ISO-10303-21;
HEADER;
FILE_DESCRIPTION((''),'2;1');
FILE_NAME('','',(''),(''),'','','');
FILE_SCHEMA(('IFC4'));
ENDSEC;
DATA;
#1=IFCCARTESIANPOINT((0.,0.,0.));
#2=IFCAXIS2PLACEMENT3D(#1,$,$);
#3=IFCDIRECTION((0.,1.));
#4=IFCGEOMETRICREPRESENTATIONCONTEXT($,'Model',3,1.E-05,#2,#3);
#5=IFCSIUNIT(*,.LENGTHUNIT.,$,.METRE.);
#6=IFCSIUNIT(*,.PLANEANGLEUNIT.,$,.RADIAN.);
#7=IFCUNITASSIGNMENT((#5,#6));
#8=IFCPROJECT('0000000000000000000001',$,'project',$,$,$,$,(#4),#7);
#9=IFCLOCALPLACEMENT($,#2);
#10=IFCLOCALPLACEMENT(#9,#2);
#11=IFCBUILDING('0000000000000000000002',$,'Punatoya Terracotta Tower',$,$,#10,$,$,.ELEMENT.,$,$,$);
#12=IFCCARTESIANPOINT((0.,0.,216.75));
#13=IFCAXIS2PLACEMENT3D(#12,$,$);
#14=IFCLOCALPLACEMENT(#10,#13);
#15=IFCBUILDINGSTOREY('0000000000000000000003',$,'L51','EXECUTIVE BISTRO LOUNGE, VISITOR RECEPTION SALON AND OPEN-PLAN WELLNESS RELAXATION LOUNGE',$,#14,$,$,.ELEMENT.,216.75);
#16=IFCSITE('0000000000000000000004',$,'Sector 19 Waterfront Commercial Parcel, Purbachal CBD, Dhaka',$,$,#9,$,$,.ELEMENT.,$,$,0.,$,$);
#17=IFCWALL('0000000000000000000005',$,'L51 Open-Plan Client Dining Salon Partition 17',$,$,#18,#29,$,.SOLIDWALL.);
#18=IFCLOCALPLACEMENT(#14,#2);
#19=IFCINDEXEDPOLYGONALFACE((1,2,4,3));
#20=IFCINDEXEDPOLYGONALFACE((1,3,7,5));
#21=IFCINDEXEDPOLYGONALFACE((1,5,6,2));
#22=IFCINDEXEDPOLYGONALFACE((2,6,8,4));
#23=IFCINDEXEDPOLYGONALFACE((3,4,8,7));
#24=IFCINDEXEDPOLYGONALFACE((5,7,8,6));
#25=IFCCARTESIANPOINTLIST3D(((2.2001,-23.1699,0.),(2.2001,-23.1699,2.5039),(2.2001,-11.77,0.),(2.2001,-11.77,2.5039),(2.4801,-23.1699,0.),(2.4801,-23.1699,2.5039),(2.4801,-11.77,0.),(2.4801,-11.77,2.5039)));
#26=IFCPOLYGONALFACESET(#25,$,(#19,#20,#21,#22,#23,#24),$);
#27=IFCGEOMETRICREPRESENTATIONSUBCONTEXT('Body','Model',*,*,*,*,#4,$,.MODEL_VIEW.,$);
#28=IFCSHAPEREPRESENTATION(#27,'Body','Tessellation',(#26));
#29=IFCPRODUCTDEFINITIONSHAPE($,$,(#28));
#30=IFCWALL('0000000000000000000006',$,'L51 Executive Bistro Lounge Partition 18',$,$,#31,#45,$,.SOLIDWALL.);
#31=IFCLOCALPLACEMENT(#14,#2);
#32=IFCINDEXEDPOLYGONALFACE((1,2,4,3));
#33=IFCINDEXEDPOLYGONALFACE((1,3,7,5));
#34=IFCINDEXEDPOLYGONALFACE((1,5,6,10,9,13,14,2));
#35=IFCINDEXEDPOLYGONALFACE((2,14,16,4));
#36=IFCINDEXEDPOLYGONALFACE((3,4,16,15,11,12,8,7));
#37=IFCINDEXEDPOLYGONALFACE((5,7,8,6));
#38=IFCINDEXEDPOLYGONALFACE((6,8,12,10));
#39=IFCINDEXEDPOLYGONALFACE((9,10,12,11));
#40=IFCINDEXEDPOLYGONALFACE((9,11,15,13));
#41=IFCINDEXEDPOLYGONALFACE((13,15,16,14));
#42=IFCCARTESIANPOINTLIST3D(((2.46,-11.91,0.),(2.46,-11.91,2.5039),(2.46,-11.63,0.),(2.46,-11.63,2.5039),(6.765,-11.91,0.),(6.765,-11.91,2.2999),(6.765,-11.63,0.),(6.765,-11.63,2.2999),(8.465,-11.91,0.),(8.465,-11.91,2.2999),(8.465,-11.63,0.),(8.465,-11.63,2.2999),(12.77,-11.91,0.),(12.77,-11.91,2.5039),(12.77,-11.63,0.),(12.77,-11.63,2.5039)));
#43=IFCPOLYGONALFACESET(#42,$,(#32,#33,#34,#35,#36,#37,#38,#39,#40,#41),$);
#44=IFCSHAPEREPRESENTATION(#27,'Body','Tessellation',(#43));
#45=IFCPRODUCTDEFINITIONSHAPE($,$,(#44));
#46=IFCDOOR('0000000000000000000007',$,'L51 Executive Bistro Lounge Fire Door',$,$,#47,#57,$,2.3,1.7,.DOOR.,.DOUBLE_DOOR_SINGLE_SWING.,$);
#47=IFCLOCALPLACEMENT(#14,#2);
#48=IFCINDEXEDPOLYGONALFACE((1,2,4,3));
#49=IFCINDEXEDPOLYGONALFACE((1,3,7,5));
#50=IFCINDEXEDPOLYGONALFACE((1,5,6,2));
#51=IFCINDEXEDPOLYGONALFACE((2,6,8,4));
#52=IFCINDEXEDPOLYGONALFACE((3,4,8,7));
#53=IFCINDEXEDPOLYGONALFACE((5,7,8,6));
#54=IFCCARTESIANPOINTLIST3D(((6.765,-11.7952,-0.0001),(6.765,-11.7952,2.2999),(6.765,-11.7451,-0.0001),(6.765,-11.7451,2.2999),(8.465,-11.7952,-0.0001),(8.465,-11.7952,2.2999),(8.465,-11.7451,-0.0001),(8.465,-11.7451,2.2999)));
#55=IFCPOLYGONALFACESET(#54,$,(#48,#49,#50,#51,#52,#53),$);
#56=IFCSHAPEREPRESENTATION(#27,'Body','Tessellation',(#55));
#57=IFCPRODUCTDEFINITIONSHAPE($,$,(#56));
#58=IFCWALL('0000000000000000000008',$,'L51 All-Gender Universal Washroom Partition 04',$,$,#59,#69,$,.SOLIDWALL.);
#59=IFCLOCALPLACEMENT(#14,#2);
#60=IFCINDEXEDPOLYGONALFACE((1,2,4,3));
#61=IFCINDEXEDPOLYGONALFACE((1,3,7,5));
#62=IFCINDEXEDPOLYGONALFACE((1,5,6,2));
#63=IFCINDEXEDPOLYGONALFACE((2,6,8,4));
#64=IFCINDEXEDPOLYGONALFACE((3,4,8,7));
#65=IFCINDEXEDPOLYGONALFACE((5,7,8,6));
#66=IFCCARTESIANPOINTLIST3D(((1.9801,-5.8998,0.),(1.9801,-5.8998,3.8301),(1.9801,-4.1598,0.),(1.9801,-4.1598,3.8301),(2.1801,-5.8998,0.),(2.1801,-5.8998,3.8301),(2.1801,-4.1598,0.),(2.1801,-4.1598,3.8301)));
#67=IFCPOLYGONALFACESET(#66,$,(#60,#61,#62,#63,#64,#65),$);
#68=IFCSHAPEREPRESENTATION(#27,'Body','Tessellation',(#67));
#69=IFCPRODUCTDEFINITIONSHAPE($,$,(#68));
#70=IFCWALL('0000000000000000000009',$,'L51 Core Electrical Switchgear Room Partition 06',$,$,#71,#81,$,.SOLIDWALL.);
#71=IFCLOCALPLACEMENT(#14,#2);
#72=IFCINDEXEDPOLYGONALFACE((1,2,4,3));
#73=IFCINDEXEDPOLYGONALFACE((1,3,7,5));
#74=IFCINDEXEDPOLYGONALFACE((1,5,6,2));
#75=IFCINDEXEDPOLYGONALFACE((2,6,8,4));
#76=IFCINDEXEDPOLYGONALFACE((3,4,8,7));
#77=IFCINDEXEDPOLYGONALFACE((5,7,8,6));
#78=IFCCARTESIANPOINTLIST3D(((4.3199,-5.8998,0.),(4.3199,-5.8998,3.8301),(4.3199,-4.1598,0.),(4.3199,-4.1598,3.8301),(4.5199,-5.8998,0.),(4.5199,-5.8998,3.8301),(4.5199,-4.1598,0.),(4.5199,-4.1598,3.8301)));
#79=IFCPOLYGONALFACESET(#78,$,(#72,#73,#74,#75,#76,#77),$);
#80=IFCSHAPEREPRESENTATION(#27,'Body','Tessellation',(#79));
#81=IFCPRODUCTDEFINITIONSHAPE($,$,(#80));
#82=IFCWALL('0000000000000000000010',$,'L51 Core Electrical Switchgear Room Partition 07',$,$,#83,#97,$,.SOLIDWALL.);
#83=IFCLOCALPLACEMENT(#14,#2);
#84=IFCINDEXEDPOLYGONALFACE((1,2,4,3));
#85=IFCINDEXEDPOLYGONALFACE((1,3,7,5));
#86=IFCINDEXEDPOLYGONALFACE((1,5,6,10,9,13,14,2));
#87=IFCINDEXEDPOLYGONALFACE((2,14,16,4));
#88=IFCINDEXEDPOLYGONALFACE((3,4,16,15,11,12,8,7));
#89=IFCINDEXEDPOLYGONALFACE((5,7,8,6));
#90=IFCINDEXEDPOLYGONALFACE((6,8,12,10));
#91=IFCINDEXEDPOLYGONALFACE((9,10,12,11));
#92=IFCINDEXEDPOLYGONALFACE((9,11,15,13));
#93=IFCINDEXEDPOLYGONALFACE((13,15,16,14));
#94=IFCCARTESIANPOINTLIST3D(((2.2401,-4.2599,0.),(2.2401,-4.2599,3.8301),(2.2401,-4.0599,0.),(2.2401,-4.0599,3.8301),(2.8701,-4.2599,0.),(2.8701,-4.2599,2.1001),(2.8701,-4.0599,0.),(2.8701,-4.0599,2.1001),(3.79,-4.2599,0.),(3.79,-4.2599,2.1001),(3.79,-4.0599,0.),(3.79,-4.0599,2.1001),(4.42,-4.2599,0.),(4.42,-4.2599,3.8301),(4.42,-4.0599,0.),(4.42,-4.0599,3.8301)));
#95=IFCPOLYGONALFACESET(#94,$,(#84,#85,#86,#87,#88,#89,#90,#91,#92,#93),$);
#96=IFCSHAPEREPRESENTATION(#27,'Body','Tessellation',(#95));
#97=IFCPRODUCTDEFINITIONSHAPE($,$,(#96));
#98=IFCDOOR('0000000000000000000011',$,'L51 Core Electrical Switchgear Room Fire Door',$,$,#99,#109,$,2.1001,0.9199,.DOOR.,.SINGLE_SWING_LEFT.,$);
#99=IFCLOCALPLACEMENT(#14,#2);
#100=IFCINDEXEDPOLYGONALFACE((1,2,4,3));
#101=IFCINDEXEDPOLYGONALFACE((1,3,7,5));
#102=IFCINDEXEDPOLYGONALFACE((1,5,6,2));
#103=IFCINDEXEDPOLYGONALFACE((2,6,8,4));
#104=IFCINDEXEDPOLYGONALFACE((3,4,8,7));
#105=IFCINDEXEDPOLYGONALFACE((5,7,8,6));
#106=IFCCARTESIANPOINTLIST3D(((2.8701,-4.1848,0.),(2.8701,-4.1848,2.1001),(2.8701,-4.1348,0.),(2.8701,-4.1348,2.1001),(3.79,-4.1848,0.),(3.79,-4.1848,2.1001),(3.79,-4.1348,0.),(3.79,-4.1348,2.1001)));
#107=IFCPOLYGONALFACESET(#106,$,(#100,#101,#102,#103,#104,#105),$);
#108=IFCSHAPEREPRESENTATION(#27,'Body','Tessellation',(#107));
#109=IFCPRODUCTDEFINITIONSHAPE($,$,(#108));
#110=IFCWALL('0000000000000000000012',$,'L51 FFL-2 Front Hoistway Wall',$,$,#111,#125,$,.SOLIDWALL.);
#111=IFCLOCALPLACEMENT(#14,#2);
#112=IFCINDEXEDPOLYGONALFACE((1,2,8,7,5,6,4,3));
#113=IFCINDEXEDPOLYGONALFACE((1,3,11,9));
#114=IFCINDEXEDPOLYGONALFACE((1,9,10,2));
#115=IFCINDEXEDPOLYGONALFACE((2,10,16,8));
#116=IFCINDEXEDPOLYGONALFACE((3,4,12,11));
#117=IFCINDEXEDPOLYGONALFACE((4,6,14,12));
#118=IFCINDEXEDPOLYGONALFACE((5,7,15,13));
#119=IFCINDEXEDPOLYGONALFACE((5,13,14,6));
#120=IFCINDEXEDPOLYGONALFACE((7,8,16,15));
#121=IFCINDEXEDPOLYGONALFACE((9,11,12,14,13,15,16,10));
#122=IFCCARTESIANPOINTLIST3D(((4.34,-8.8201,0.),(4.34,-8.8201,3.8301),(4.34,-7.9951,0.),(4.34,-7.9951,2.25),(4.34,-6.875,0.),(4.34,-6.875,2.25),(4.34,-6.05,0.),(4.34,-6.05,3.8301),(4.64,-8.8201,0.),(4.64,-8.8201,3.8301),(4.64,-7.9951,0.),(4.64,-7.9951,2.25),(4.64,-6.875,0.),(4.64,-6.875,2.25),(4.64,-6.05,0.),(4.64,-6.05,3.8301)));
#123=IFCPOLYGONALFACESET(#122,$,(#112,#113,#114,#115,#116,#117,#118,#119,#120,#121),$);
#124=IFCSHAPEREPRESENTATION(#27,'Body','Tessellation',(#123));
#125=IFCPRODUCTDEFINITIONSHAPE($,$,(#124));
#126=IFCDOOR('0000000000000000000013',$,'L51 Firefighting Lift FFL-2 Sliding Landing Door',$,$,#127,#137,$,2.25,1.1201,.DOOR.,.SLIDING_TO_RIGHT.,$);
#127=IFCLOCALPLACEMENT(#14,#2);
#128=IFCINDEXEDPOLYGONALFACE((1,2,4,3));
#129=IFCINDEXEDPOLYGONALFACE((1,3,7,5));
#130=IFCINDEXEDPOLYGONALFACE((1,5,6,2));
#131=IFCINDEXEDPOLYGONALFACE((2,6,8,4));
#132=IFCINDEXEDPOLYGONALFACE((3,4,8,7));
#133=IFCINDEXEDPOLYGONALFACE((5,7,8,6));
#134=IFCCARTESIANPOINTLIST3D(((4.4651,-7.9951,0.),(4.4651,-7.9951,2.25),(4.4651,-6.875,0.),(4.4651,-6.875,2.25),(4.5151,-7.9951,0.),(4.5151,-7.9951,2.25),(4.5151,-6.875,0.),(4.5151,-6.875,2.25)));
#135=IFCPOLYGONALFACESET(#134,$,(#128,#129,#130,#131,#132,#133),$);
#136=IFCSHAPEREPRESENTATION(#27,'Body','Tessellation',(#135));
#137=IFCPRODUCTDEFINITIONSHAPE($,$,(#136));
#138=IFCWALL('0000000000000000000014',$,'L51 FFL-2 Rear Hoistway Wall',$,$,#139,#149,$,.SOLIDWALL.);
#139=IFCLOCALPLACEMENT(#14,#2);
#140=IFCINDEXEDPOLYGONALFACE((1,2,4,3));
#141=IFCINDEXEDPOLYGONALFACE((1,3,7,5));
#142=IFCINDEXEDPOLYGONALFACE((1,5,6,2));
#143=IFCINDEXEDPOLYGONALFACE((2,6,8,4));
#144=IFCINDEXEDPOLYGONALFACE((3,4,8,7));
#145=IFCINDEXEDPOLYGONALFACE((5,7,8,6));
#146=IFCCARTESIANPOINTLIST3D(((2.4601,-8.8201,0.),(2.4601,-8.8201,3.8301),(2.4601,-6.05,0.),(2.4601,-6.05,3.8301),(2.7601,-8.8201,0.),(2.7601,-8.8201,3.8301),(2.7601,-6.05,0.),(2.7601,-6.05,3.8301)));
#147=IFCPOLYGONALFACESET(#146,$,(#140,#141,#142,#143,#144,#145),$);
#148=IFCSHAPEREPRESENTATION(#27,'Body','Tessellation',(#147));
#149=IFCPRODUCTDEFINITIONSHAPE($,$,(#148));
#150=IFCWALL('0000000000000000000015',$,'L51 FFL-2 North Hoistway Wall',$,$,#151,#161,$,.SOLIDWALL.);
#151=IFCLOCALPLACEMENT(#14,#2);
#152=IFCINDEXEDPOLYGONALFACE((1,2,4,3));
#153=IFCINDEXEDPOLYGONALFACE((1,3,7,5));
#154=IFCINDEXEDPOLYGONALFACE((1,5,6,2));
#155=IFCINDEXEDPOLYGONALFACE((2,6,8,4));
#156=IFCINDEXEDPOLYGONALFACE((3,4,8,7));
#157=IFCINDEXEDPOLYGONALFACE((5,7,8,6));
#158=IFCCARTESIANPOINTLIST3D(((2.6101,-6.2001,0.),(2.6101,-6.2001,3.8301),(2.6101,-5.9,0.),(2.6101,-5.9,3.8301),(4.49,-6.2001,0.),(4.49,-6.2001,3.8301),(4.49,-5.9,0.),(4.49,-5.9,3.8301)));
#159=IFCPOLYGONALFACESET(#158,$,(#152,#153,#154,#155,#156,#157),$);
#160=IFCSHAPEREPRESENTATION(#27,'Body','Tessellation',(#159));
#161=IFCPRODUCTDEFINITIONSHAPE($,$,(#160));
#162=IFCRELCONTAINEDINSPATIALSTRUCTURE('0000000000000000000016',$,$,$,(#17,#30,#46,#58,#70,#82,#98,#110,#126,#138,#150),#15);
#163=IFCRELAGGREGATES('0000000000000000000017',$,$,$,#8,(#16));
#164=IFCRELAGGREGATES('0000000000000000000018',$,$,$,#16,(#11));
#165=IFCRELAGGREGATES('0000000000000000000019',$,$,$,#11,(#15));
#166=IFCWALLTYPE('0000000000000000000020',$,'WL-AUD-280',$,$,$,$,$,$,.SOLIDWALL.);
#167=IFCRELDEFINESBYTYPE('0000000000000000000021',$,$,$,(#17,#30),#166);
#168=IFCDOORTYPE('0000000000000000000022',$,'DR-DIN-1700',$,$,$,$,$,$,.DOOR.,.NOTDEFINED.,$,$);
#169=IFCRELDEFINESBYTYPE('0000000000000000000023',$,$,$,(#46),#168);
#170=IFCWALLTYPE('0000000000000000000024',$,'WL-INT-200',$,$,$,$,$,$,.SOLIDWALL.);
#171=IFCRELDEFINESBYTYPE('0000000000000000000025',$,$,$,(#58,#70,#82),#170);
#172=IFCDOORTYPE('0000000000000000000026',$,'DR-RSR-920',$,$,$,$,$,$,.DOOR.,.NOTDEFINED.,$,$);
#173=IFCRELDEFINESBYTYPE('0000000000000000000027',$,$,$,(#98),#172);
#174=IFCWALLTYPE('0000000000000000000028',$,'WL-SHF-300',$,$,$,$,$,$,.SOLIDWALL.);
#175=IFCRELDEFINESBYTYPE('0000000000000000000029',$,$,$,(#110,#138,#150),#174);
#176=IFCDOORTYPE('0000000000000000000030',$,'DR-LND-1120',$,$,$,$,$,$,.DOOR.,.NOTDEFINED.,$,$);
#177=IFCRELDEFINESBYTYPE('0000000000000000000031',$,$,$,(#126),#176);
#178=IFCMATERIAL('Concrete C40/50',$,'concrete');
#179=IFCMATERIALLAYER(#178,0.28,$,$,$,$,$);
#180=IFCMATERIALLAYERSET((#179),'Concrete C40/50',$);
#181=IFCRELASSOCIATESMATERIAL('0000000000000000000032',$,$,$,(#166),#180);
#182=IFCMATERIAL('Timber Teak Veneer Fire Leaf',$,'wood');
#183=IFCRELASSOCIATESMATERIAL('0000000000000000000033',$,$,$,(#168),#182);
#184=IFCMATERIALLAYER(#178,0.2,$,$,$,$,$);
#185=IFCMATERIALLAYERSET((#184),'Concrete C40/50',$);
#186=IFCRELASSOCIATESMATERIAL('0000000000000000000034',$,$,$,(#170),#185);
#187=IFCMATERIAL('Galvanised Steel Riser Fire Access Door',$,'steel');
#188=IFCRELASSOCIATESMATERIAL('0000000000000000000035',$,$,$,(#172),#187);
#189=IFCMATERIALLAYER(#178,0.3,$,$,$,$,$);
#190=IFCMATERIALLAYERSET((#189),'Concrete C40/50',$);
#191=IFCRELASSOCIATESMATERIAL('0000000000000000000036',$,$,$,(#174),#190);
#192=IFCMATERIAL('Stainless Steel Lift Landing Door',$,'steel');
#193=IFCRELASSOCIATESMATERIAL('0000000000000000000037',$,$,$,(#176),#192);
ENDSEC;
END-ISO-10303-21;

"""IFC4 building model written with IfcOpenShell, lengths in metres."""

from ifc_helpers import new_model, si_unit, direction, frame, frame_2d, origin, place, context, subcontext, project, spatial, rectangle, extrude, material, layer, layer_set, type_object, element, fill, save


model = new_model("IFC4")

# Units and contexts
model_context = context("Model", 3, precision=1e-05, world=origin(), true_north=direction((0.0, 1.0)))
body_context = subcontext(model_context, "Body", "Model", "MODEL_VIEW")
ifc_project = project(units=[si_unit("LENGTHUNIT", "METRE"), si_unit("PLANEANGLEUNIT", "RADIAN")], contexts=[model_context])

# Site, building, storey
site_placement = place(None, origin())
site = spatial("IfcSite", under=ifc_project, at=site_placement, Name="Sector 19 Waterfront Commercial Parcel, Purbachal CBD, Dhaka", CompositionType="ELEMENT", RefElevation=0.0)
building_placement = place(site_placement, origin())
building = spatial("IfcBuilding", under=site, at=building_placement, Name="Punatoya Terracotta Tower", CompositionType="ELEMENT")
storey_placement = place(building_placement, frame((0.0, 0.0, 216.75)))
storey = spatial("IfcBuildingStorey", under=building, at=storey_placement, Name="L51", Description="EXECUTIVE BISTRO LOUNGE, VISITOR RECEPTION SALON AND OPEN-PLAN WELLNESS RELAXATION LOUNGE", CompositionType="ELEMENT", Elevation=216.75)

# Wall
ifc_material_1 = material(Name="Concrete C40/50", Category="concrete")
ifc_layer_1 = layer(ifc_material_1, 0.28)
ifc_layer_set_1 = layer_set([ifc_layer_1], Name="Concrete C40/50")
wall_type_1 = type_object("IfcWallType", Name="WL-AUD-280", PredefinedType="SOLIDWALL", material=ifc_layer_set_1)
wall_1_placement = place(storey_placement, frame((2.3401, -11.77, 0.0), z_axis=(0.0, 0.0, 1.0), x_axis=(0.0, -1.0, 0.0)))
element("IfcWall", 1, at=wall_1_placement, inside=storey, type_object=wall_type_1, Name="L51 Open-Plan Client Dining Salon Partition 17", PredefinedType="SOLIDWALL", context=body_context, shape_type="SweptSolid", body=[
    extrude(rectangle(XDim=11.3999, YDim=0.28, at=frame_2d((5.7, 0.0))), origin(), (0.0, 0.0, 1.0), 2.5039),
])

# Wall, opening, door
wall_2_placement = place(storey_placement, frame((2.46, -11.77, 0.0), z_axis=(0.0, 0.0, 1.0), x_axis=(1.0, 0.0, 0.0)))
wall_2 = element("IfcWall", 2, at=wall_2_placement, inside=storey, type_object=wall_type_1, Name="L51 Executive Bistro Lounge Partition 18", PredefinedType="SOLIDWALL", context=body_context, shape_type="SweptSolid", body=[
    extrude(rectangle(XDim=10.3101, YDim=0.28, at=frame_2d((5.155, 0.0))), origin(), (0.0, 0.0, 1.0), 2.5039),
])
opening_1_placement = place(wall_2_placement, frame((4.3049, 0.0, 0.0)))
opening_1 = element("IfcOpeningElement", 3, at=opening_1_placement, cuts=wall_2, PredefinedType="OPENING", context=body_context, shape_type="SweptSolid", body=[
    extrude(rectangle(XDim=1.7, YDim=2.3, at=frame_2d((0.8501, 1.1499))), frame((0.0, 0.1499, 0.0), z_axis=(0.0, -1.0, 0.0), x_axis=(1.0, 0.0, 0.0)), (0.0, 0.0, 1.0), 0.3),
])
ifc_material_2 = material(Name="Timber Teak Veneer Fire Leaf", Category="wood")
door_type_1 = type_object("IfcDoorType", Name="DR-DIN-1700", OperationType="NOTDEFINED", PredefinedType="DOOR", material=ifc_material_2)
door_1_placement = place(opening_1_placement, origin())
door_1 = element("IfcDoor", 4, at=door_1_placement, inside=storey, type_object=door_type_1, Name="L51 Executive Bistro Lounge Fire Door", OperationType="DOUBLE_DOOR_SINGLE_SWING", OverallHeight=2.3, OverallWidth=1.7, PredefinedType="DOOR", context=body_context, shape_type="SweptSolid", body=[
    extrude(rectangle(XDim=1.7, YDim=2.3, at=frame_2d((0.8501, 1.1499))), frame((0.0, 0.0249, 0.0), z_axis=(0.0, -1.0, 0.0), x_axis=(1.0, 0.0, 0.0)), (0.0, 0.0, 1.0), 0.05),
])
fill(opening_1, door_1)

# Wall
ifc_layer_2 = layer(ifc_material_1, 0.2)
ifc_layer_set_2 = layer_set([ifc_layer_2], Name="Concrete C40/50")
wall_type_2 = type_object("IfcWallType", Name="WL-INT-200", PredefinedType="SOLIDWALL", material=ifc_layer_set_2)
wall_3_placement = place(storey_placement, frame((2.0801, -5.8999, 0.0), z_axis=(0.0, 0.0, 1.0), x_axis=(0.0, 1.0, 0.0)))
element("IfcWall", 5, at=wall_3_placement, inside=storey, type_object=wall_type_2, Name="L51 All-Gender Universal Washroom Partition 04", PredefinedType="SOLIDWALL", context=body_context, shape_type="SweptSolid", body=[
    extrude(rectangle(XDim=1.74, YDim=0.2, at=frame_2d((0.8701, 0.0))), origin(), (0.0, 0.0, 1.0), 3.8301),
])

# Wall
wall_4_placement = place(storey_placement, frame((4.4199, -5.8999, 0.0), z_axis=(0.0, 0.0, 1.0), x_axis=(0.0, 1.0, 0.0)))
element("IfcWall", 6, at=wall_4_placement, inside=storey, type_object=wall_type_2, Name="L51 Core Electrical Switchgear Room Partition 06", PredefinedType="SOLIDWALL", context=body_context, shape_type="SweptSolid", body=[
    extrude(rectangle(XDim=1.74, YDim=0.2, at=frame_2d((0.8701, 0.0))), origin(), (0.0, 0.0, 1.0), 3.8301),
])

# Walls, openings, doors
wall_5_placement = place(storey_placement, frame((4.4199, -4.1599, 0.0), z_axis=(0.0, 0.0, 1.0), x_axis=(-1.0, 0.0, 0.0)))
wall_5 = element("IfcWall", 7, at=wall_5_placement, inside=storey, type_object=wall_type_2, Name="L51 Core Electrical Switchgear Room Partition 07", PredefinedType="SOLIDWALL", context=body_context, shape_type="SweptSolid", body=[
    extrude(rectangle(XDim=2.1799, YDim=0.2, at=frame_2d((1.0898, 0.0))), origin(), (0.0, 0.0, 1.0), 3.8301),
])
opening_2_placement = place(wall_5_placement, frame((0.6299, 0.0, 0.0)))
opening_2 = element("IfcOpeningElement", 8, at=opening_2_placement, cuts=wall_5, PredefinedType="OPENING", context=body_context, shape_type="SweptSolid", body=[
    extrude(rectangle(XDim=0.9199, YDim=2.1001, at=frame_2d((0.46, 1.05))), frame((0.0, 0.1099, 0.0), z_axis=(0.0, -1.0, 0.0), x_axis=(1.0, 0.0, 0.0)), (0.0, 0.0, 1.0), 0.22),
])
ifc_material_3 = material(Name="Galvanised Steel Riser Fire Access Door", Category="steel")
door_type_2 = type_object("IfcDoorType", Name="DR-RSR-920", OperationType="NOTDEFINED", PredefinedType="DOOR", material=ifc_material_3)
door_2_placement = place(opening_2_placement, origin())
door_2 = element("IfcDoor", 9, at=door_2_placement, inside=storey, type_object=door_type_2, Name="L51 Core Electrical Switchgear Room Fire Door", OperationType="SINGLE_SWING_LEFT", OverallHeight=2.1001, OverallWidth=0.9199, PredefinedType="DOOR", context=body_context, shape_type="SweptSolid", body=[
    extrude(rectangle(XDim=0.9199, YDim=2.1001, at=frame_2d((0.46, 1.05))), frame((0.0, 0.0249, 0.0), z_axis=(0.0, -1.0, 0.0), x_axis=(1.0, 0.0, 0.0)), (0.0, 0.0, 1.0), 0.05),
])
fill(opening_2, door_2)
ifc_layer_3 = layer(ifc_material_1, 0.3)
ifc_layer_set_3 = layer_set([ifc_layer_3], Name="Concrete C40/50")
wall_type_3 = type_object("IfcWallType", Name="WL-SHF-300", PredefinedType="SOLIDWALL", material=ifc_layer_set_3)
wall_6_placement = place(storey_placement, frame((4.49, -8.8201, 0.0), z_axis=(0.0, 0.0, 1.0), x_axis=(0.0, 1.0, 0.0)))
wall_6 = element("IfcWall", 10, at=wall_6_placement, inside=storey, type_object=wall_type_3, Name="L51 FFL-2 Front Hoistway Wall", PredefinedType="SOLIDWALL", context=body_context, shape_type="SweptSolid", body=[
    extrude(rectangle(XDim=2.77, YDim=0.3, at=frame_2d((1.385, 0.0))), origin(), (0.0, 0.0, 1.0), 3.8301),
])
opening_3_placement = place(wall_6_placement, frame((0.825, 0.0, 0.0)))
opening_3 = element("IfcOpeningElement", 11, at=opening_3_placement, cuts=wall_6, PredefinedType="OPENING", context=body_context, shape_type="SweptSolid", body=[
    extrude(rectangle(XDim=1.1201, YDim=2.25, at=frame_2d((0.5601, 1.125))), frame((0.0, 0.1599, 0.0), z_axis=(0.0, -1.0, 0.0), x_axis=(1.0, 0.0, 0.0)), (0.0, 0.0, 1.0), 0.3201),
])
ifc_material_4 = material(Name="Stainless Steel Lift Landing Door", Category="steel")
door_type_3 = type_object("IfcDoorType", Name="DR-LND-1120", OperationType="NOTDEFINED", PredefinedType="DOOR", material=ifc_material_4)
door_3_placement = place(opening_3_placement, origin())
door_3 = element("IfcDoor", 12, at=door_3_placement, inside=storey, type_object=door_type_3, Name="L51 Firefighting Lift FFL-2 Sliding Landing Door", OperationType="SLIDING_TO_RIGHT", OverallHeight=2.25, OverallWidth=1.1201, PredefinedType="DOOR", context=body_context, shape_type="SweptSolid", body=[
    extrude(rectangle(XDim=1.1201, YDim=2.25, at=frame_2d((0.5601, 1.125))), frame((0.0, 0.0249, 0.0), z_axis=(0.0, -1.0, 0.0), x_axis=(1.0, 0.0, 0.0)), (0.0, 0.0, 1.0), 0.05),
])
fill(opening_3, door_3)

# Walls
wall_7_placement = place(storey_placement, frame((2.6101, -8.8201, 0.0), z_axis=(0.0, 0.0, 1.0), x_axis=(0.0, 1.0, 0.0)))
element("IfcWall", 13, at=wall_7_placement, inside=storey, type_object=wall_type_3, Name="L51 FFL-2 Rear Hoistway Wall", PredefinedType="SOLIDWALL", context=body_context, shape_type="SweptSolid", body=[
    extrude(rectangle(XDim=2.77, YDim=0.3, at=frame_2d((1.385, 0.0))), origin(), (0.0, 0.0, 1.0), 3.8301),
])
wall_8_placement = place(storey_placement, frame((2.6101, -6.05, 0.0), z_axis=(0.0, 0.0, 1.0), x_axis=(1.0, 0.0, 0.0)))
element("IfcWall", 14, at=wall_8_placement, inside=storey, type_object=wall_type_3, Name="L51 FFL-2 North Hoistway Wall", PredefinedType="SOLIDWALL", context=body_context, shape_type="SweptSolid", body=[
    extrude(rectangle(XDim=1.8799, YDim=0.3, at=frame_2d((0.9399, 0.0))), origin(), (0.0, 0.0, 1.0), 3.8301),
])

save(model, "model.ifc")
